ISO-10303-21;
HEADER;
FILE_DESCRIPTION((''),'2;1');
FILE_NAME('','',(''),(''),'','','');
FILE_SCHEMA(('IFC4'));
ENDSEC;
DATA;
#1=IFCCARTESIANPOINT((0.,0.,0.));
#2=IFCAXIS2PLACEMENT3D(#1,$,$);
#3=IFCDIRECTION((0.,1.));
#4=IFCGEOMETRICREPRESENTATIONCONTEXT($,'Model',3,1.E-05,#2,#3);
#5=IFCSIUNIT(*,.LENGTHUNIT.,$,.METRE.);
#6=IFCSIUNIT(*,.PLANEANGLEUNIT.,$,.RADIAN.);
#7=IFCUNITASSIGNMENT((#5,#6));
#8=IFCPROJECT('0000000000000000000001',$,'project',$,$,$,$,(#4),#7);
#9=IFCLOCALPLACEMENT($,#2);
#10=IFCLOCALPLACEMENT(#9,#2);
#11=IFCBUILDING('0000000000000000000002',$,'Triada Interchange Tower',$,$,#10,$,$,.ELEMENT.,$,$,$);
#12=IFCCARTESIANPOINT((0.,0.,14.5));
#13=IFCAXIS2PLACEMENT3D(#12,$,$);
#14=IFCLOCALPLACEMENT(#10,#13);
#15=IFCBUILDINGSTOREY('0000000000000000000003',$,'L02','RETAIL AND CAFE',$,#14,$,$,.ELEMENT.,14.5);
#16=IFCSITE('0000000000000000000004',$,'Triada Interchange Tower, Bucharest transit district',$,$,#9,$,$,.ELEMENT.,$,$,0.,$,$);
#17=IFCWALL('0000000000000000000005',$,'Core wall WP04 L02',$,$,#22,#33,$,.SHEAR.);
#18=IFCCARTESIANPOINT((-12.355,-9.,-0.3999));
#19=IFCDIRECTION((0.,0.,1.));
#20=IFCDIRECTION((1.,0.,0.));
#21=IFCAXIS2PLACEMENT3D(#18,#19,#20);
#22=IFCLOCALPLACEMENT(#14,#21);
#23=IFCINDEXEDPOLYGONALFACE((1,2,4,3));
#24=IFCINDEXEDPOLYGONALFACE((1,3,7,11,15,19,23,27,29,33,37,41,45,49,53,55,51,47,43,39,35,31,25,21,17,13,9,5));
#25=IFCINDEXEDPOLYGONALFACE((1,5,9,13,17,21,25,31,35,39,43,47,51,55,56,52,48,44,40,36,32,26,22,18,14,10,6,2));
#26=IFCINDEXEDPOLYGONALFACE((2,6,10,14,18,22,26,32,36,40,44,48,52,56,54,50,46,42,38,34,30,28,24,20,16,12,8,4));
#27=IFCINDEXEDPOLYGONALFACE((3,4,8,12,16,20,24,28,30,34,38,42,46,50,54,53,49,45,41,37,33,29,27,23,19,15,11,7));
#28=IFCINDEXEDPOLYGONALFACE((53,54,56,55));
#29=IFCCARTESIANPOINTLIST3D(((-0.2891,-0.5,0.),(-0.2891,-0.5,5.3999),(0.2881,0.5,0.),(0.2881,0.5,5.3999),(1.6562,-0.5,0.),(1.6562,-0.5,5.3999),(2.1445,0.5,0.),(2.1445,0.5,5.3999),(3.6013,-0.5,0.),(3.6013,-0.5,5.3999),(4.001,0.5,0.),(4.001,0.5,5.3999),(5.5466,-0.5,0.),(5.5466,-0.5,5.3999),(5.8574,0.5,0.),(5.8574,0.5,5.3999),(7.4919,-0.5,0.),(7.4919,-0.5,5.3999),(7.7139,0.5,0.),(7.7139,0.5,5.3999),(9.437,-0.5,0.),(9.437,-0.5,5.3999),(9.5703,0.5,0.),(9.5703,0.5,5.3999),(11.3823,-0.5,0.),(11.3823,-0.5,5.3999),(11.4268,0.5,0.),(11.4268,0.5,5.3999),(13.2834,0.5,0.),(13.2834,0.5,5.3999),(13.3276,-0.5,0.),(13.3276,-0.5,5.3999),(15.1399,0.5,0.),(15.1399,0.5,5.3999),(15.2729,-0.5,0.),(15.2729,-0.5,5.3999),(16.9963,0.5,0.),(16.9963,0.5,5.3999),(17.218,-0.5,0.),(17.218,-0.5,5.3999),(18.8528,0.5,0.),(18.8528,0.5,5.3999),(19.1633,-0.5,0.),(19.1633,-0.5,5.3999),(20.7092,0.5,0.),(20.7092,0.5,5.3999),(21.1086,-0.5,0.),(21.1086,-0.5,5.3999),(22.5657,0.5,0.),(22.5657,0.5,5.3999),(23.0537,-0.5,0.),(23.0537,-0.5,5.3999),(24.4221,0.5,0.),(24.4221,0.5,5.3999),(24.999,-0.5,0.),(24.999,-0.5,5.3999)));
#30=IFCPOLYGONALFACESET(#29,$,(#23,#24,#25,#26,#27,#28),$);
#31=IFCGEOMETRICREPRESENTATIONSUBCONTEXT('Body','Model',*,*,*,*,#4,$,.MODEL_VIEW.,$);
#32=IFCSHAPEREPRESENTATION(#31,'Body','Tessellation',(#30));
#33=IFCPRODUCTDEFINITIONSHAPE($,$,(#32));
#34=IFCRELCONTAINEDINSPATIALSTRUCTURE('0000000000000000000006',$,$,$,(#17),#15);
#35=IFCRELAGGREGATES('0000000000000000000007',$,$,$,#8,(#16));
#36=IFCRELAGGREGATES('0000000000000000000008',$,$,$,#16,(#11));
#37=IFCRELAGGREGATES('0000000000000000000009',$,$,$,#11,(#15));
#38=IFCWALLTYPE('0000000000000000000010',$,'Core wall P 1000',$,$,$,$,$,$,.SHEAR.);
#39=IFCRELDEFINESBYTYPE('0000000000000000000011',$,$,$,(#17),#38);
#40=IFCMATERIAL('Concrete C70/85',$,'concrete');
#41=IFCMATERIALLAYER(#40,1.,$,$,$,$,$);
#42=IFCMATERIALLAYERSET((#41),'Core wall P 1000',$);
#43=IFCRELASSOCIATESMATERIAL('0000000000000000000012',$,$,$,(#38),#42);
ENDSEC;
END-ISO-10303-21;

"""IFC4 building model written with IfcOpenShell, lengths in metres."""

from ifc_helpers import new_model, si_unit, direction, frame, origin, place, context, subcontext, project, spatial, polyline, outline, extrude, material, layer, layer_set, type_object, element, save


model = new_model("IFC4")

# Units and contexts
model_context = context("Model", 3, precision=1e-05, world=origin(), true_north=direction((0.0, 1.0)))
body_context = subcontext(model_context, "Body", "Model", "MODEL_VIEW")
ifc_project = project(units=[si_unit("LENGTHUNIT", "METRE"), si_unit("PLANEANGLEUNIT", "RADIAN")], contexts=[model_context])

# Site, building, storey
site_placement = place(None, origin())
site = spatial("IfcSite", under=ifc_project, at=site_placement, Name="Triada Interchange Tower, Bucharest transit district", CompositionType="ELEMENT", RefElevation=0.0)
building_placement = place(site_placement, origin())
building = spatial("IfcBuilding", under=site, at=building_placement, Name="Triada Interchange Tower", CompositionType="ELEMENT")
storey_placement = place(building_placement, frame((0.0, 0.0, 14.5)))
storey = spatial("IfcBuildingStorey", under=building, at=storey_placement, Name="L02", Description="RETAIL AND CAFE", CompositionType="ELEMENT", Elevation=14.5)

# Shared definitions
ifc_material_1 = material(Name="Concrete C70/85", Category="concrete")

# Wall
ifc_layer_1 = layer(ifc_material_1, 1.0)
ifc_layer_set_1 = layer_set([ifc_layer_1], Name="Core wall P 1000")
wall_type_1 = type_object("IfcWallType", Name="Core wall P 1000", PredefinedType="SHEAR", material=ifc_layer_set_1)
wall_1_placement = place(storey_placement, frame((-12.355, -9.0, -0.3999), z_axis=(0.0, 0.0, 1.0), x_axis=(1.0, 0.0, 0.0)))
element("IfcWall", 1, at=wall_1_placement, inside=storey, type_object=wall_type_1, Name="Core wall WP04 L02", PredefinedType="SHEAR", context=body_context, shape_type="SweptSolid", body=[
    extrude(outline(polyline([(-0.2891, -0.5), (1.6562, -0.5), (3.6013, -0.5), (5.5466, -0.5), (7.4919, -0.5), (9.437, -0.5), (11.3823, -0.5), (13.3276, -0.5), (15.2729, -0.5), (17.218, -0.5), (19.1633, -0.5), (21.1086, -0.5), (23.0537, -0.5), (24.999, -0.5), (24.4221, 0.5), (22.5657, 0.5), (20.7092, 0.5), (18.8528, 0.5), (16.9963, 0.5), (15.1399, 0.5), (13.2834, 0.5), (11.4268, 0.5), (9.5703, 0.5), (7.7139, 0.5), (5.8574, 0.5), (4.001, 0.5), (2.1445, 0.5), (0.2881, 0.5), (-0.2891, -0.5)])), origin(), (0.0, 0.0, 1.0), 5.3999),
])

save(model, "model.ifc")
